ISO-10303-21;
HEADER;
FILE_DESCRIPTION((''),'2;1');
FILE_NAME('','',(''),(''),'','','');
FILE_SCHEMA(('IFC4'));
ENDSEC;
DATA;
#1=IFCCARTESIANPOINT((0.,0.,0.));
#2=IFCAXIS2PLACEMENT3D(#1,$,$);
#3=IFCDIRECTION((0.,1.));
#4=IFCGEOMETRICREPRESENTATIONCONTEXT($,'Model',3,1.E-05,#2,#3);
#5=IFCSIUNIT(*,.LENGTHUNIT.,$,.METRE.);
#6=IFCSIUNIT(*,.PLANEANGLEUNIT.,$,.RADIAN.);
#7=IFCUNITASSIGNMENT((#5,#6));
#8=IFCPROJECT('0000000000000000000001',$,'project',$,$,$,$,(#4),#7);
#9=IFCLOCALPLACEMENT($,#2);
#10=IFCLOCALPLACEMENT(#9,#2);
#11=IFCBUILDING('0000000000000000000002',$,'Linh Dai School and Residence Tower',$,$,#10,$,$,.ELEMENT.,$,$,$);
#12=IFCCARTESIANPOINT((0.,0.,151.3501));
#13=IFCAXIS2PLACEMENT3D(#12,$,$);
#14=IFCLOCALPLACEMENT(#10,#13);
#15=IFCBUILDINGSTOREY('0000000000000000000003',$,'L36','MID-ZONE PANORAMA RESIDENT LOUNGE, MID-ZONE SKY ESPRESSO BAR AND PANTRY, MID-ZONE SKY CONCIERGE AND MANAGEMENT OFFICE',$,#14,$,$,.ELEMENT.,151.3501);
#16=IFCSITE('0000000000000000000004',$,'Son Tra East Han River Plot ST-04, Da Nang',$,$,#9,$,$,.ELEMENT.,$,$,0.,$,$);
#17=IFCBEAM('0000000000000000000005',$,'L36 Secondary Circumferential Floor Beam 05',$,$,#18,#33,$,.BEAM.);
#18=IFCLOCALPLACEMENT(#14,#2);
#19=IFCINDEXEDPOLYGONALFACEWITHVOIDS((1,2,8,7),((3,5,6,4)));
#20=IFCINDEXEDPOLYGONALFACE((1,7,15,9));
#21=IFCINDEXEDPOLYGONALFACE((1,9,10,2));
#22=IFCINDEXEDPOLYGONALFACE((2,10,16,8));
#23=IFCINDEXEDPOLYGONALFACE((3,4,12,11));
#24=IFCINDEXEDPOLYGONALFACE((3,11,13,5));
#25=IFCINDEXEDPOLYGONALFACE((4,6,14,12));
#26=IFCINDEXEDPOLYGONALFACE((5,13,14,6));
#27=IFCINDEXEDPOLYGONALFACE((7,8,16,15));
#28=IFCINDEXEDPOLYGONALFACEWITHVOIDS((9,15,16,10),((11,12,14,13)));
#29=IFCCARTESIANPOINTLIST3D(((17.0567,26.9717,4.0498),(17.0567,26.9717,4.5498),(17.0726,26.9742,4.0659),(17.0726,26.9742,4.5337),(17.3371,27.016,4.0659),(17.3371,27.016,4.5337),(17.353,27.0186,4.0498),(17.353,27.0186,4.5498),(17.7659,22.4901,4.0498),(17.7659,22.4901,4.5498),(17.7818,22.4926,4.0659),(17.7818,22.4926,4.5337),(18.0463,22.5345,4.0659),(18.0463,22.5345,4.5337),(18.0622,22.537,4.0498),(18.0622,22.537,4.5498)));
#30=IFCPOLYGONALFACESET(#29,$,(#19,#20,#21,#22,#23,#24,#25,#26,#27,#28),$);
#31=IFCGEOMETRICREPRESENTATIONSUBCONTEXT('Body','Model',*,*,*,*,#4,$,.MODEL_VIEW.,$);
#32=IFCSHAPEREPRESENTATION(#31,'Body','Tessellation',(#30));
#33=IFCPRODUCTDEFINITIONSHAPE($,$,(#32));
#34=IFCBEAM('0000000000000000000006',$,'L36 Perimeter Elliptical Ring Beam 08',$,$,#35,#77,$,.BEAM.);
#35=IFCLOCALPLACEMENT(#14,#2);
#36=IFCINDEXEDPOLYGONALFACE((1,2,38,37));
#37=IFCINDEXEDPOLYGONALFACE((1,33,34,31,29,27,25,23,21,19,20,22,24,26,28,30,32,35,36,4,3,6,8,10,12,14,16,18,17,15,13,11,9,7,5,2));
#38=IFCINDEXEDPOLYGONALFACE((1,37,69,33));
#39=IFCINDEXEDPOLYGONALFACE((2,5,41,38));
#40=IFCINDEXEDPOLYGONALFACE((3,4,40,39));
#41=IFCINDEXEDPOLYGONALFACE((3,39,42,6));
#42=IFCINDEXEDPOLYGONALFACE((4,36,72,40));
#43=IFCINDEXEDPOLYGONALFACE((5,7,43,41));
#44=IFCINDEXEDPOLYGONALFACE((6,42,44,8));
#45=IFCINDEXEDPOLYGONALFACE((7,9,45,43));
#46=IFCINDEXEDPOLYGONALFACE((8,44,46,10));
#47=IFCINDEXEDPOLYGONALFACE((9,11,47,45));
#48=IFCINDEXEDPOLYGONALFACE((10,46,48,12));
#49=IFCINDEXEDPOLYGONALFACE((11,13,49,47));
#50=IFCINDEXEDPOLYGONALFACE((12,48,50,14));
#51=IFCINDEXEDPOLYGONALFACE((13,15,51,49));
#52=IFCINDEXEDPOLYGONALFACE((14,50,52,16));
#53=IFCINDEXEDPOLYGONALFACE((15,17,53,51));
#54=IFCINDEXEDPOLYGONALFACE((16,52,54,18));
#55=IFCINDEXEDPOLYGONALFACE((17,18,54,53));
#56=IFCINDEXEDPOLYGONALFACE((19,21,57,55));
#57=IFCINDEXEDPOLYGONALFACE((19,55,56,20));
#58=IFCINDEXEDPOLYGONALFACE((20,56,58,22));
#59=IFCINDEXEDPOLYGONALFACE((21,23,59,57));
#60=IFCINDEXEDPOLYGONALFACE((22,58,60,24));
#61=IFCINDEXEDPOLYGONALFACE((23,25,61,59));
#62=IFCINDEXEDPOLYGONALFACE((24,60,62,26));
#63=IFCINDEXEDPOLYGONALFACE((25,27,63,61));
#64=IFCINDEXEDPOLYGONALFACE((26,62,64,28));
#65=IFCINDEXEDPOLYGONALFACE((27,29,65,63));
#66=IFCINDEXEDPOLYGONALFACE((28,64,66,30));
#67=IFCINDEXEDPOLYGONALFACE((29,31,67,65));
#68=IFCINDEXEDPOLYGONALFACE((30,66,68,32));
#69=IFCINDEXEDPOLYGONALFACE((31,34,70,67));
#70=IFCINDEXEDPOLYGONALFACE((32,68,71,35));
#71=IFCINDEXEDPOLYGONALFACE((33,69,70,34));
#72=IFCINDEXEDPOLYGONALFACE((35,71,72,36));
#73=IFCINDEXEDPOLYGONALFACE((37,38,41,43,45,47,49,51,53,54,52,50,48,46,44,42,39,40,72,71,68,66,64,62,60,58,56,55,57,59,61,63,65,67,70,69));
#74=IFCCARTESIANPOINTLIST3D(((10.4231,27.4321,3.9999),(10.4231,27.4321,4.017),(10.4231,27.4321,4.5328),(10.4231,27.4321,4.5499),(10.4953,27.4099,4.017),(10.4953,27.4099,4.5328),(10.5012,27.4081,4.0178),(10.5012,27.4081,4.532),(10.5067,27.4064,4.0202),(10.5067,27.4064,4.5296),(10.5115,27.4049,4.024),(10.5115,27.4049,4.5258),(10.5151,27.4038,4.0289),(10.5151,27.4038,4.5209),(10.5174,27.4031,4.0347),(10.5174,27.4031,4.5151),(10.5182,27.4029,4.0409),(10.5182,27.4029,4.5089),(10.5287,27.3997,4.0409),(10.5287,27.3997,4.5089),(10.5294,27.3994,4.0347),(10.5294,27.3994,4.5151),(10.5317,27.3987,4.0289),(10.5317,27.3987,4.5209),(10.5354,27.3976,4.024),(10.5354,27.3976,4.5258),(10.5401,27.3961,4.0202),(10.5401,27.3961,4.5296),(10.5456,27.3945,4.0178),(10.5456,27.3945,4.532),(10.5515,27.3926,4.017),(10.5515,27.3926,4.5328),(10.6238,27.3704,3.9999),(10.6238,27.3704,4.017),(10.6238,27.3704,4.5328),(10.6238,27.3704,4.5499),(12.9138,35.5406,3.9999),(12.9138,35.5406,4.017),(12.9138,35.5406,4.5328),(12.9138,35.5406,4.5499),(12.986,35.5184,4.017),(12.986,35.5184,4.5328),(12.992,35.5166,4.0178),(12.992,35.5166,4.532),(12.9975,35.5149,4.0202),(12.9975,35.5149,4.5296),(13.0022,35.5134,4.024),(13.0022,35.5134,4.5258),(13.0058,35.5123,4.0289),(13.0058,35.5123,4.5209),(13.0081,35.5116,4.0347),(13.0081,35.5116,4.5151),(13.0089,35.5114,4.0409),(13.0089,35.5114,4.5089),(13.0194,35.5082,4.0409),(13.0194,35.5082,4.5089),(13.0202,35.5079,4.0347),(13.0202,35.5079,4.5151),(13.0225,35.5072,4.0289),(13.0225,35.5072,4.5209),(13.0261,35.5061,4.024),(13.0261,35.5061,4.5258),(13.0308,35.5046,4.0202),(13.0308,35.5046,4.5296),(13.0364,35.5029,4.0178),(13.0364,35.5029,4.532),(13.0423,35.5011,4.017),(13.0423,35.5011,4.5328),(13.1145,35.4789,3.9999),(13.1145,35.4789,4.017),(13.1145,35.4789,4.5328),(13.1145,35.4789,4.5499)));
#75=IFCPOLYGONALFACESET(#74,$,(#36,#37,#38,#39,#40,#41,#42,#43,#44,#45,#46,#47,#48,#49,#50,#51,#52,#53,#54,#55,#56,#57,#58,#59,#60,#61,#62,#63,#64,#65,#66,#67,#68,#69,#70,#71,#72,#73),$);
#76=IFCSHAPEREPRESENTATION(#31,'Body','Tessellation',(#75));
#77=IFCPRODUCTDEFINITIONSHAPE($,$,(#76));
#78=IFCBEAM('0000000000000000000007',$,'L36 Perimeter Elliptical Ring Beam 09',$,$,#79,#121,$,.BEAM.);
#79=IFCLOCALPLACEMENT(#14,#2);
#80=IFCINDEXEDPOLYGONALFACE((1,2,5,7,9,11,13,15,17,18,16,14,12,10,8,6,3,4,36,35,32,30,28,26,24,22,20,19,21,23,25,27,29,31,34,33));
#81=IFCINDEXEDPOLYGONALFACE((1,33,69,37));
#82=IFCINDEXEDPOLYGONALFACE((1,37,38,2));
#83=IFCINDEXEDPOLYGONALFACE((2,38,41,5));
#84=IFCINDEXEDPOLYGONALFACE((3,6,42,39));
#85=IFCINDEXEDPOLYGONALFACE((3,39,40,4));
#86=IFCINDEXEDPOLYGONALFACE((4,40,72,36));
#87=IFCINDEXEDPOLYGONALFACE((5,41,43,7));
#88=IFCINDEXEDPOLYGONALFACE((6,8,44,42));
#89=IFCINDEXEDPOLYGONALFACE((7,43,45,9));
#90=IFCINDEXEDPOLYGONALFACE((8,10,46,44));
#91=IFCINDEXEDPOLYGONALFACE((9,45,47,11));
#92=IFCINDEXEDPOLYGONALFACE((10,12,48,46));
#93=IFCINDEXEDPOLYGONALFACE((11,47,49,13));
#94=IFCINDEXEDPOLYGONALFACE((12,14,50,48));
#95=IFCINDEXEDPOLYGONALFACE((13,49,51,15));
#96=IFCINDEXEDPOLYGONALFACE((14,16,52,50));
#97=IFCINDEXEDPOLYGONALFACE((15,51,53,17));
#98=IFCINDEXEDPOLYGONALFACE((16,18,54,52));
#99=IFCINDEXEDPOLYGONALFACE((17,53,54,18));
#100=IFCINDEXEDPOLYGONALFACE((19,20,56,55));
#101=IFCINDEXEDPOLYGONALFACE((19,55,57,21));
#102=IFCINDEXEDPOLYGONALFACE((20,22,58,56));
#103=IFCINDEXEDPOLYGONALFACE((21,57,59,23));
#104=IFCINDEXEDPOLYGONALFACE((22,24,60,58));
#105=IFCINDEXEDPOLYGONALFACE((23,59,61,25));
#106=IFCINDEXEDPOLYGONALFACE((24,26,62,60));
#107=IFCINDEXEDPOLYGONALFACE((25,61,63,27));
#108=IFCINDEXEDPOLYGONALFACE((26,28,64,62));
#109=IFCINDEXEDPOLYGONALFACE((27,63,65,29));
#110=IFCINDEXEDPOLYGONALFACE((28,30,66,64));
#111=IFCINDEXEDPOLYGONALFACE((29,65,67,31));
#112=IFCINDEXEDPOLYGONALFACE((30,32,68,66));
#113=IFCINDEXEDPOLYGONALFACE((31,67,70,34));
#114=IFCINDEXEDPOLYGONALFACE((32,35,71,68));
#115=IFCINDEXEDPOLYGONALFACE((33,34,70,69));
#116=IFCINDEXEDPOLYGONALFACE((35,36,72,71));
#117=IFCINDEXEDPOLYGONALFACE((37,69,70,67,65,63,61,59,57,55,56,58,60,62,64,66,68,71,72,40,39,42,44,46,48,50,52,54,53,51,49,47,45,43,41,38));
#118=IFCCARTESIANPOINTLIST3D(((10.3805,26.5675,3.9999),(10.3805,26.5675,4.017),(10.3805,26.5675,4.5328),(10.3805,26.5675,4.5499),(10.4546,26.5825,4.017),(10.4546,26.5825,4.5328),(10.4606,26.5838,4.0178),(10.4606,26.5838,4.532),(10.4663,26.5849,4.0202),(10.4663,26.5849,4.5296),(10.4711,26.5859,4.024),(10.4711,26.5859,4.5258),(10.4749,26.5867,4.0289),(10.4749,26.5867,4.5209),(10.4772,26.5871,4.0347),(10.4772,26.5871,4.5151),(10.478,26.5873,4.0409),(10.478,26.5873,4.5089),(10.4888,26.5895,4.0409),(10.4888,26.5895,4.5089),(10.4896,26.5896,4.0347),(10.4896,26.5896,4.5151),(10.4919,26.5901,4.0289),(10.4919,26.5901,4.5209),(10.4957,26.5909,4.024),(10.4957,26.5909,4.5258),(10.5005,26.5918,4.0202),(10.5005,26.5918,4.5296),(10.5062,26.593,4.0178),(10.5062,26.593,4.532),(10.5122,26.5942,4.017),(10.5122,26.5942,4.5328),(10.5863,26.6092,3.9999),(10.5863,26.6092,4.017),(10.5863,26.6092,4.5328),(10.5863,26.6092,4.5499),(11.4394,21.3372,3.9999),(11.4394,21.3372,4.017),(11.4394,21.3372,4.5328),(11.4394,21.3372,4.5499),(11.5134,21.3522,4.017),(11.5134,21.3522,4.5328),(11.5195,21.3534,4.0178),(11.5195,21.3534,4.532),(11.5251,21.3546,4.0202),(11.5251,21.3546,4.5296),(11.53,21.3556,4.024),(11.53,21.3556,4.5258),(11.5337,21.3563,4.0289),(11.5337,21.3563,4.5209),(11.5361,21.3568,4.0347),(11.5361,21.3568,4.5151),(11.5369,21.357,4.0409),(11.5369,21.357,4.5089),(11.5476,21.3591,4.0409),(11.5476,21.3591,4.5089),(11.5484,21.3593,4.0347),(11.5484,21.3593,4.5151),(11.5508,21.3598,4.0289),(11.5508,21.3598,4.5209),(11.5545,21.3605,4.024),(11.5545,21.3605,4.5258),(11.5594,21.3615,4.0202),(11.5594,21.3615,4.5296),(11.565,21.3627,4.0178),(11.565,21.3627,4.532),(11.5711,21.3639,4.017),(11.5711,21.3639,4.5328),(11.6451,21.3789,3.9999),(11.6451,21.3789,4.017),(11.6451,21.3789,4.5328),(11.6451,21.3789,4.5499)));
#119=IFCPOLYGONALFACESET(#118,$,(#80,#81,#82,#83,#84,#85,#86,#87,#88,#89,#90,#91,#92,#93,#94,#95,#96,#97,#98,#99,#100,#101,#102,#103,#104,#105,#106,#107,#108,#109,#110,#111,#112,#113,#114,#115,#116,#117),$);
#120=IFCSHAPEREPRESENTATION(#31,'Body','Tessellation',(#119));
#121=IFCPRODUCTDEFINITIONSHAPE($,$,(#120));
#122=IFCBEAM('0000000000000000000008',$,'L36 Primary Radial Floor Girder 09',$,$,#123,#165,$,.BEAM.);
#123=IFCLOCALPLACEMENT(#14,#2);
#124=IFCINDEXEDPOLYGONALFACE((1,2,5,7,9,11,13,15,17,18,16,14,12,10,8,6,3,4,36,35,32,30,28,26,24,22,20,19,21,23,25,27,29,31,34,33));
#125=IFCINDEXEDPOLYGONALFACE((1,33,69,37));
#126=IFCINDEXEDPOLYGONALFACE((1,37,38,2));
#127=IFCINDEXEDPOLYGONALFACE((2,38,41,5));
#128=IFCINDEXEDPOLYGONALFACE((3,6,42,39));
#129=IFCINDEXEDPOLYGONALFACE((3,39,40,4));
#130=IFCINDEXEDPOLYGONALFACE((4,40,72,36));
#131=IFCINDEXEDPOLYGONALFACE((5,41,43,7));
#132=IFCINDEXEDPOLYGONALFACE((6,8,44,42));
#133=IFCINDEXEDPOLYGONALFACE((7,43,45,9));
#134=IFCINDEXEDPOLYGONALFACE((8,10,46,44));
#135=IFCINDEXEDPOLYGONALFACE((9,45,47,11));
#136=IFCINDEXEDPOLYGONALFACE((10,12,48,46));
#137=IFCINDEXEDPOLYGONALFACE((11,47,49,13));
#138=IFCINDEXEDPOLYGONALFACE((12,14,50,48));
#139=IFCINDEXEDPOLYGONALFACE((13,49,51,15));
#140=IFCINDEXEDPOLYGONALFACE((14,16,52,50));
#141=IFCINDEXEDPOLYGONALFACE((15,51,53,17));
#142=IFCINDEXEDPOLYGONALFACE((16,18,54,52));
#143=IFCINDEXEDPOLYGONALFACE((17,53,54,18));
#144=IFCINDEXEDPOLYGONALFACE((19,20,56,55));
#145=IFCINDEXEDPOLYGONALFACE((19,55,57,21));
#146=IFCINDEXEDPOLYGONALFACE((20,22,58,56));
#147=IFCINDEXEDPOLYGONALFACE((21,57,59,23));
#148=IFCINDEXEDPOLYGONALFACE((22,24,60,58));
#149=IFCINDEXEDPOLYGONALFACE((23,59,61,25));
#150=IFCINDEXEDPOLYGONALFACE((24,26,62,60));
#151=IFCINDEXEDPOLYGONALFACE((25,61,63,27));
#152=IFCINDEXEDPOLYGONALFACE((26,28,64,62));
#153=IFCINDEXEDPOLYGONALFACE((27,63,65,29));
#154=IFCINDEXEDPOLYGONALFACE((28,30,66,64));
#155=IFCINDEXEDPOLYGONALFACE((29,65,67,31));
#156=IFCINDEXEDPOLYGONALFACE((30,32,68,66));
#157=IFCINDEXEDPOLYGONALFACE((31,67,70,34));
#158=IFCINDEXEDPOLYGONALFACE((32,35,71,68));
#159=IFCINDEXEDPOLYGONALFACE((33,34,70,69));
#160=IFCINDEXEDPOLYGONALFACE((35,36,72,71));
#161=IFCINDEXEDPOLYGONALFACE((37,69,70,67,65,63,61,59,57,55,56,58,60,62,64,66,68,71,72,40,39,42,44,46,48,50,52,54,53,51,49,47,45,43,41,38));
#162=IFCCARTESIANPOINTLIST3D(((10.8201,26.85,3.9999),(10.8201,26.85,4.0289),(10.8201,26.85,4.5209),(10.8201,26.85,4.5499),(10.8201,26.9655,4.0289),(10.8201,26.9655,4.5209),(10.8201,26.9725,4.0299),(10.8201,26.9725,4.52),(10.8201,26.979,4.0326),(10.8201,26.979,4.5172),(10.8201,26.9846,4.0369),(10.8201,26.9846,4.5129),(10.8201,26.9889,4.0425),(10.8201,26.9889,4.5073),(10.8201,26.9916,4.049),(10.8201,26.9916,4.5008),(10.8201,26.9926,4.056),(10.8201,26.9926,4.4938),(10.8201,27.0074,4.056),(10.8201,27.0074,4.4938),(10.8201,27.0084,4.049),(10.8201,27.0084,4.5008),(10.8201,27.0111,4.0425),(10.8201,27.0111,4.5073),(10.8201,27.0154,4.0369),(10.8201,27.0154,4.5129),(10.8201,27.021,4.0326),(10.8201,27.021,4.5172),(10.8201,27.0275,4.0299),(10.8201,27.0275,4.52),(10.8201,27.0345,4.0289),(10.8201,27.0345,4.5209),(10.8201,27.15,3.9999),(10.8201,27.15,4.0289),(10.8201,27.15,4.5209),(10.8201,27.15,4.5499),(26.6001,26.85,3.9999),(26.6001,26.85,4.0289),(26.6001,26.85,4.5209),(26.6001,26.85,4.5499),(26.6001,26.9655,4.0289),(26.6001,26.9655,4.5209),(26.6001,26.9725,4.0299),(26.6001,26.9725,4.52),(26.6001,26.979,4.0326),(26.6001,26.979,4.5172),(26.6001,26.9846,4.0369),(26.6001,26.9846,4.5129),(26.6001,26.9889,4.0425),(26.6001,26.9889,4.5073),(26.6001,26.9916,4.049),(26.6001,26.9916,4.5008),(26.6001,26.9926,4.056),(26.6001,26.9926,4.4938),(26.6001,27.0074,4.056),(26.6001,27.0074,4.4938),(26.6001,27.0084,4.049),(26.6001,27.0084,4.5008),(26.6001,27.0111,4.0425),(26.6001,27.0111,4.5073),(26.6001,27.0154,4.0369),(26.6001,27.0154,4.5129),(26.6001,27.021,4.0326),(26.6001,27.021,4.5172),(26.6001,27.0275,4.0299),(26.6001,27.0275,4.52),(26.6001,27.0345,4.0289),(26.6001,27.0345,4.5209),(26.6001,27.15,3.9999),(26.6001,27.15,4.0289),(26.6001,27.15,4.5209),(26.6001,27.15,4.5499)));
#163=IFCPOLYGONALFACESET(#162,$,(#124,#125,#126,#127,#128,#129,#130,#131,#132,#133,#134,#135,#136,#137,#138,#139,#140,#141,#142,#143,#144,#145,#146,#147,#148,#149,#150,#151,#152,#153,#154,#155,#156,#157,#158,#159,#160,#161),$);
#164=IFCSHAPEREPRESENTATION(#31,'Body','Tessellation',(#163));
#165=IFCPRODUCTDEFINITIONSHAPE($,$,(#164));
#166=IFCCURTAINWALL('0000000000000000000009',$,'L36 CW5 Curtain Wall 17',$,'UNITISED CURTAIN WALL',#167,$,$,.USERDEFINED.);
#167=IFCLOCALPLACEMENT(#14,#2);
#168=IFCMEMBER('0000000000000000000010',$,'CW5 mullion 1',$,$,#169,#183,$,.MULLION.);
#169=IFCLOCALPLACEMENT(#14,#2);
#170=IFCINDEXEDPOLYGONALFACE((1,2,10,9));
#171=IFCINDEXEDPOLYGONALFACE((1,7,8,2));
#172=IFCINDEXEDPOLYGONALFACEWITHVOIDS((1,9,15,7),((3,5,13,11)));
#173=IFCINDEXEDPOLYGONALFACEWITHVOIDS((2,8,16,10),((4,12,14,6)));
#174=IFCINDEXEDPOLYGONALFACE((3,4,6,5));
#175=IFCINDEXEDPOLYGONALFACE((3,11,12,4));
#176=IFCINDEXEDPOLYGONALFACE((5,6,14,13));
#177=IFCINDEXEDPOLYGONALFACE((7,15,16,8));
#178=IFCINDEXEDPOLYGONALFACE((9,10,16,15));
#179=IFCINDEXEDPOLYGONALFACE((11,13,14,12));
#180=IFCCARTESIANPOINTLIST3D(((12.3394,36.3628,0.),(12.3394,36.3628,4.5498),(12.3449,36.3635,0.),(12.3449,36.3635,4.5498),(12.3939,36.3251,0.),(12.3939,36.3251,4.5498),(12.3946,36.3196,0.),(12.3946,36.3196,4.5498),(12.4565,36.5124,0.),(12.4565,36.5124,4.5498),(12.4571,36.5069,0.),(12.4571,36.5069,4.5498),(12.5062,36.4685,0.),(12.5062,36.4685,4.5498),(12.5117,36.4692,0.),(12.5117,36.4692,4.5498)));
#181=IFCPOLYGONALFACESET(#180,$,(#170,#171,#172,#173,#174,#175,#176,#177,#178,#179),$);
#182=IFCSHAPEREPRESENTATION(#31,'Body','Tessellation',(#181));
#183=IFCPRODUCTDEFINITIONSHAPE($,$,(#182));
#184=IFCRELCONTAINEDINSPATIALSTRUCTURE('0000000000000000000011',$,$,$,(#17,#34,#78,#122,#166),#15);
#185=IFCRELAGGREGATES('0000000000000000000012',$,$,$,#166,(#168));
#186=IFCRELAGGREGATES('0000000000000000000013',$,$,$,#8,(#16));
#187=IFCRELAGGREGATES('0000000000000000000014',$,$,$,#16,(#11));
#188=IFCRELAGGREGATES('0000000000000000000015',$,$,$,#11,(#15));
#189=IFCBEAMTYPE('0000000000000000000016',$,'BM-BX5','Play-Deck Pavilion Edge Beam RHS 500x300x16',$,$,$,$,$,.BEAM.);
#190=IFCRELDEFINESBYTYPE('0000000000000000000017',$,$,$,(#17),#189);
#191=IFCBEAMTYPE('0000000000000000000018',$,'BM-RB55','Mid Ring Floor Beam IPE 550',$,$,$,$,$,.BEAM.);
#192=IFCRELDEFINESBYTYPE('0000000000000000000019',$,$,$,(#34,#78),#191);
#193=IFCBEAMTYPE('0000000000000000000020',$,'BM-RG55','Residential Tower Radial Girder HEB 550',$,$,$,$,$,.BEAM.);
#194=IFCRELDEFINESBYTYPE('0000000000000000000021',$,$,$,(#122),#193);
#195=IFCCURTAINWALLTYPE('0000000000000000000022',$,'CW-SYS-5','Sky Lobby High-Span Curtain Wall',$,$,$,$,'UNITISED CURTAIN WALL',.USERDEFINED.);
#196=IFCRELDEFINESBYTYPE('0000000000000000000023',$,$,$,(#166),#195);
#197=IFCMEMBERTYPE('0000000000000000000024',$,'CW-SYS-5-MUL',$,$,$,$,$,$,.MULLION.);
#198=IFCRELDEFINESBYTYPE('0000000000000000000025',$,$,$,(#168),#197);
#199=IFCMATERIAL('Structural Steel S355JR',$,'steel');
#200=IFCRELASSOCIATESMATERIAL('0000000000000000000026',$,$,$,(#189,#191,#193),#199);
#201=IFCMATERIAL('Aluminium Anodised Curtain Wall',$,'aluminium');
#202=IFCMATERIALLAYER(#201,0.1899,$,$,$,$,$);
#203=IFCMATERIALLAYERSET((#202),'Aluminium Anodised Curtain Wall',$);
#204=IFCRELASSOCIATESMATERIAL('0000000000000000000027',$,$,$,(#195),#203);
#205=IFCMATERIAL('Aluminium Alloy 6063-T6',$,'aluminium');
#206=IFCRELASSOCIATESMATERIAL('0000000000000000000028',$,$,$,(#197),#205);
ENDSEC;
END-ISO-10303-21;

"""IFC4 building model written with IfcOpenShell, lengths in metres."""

from ifc_helpers import new_model, si_unit, direction, frame, origin, origin_2d, place, context, subcontext, project, spatial, hollow_rectangle, i_section, extrude, source, transform, mapped, material, layer, layer_set, material_profile, profile_set, type_object, element, aggregate, save


model = new_model("IFC4")

# Units and contexts
model_context = context("Model", 3, precision=1e-05, world=origin(), true_north=direction((0.0, 1.0)))
body_context = subcontext(model_context, "Body", "Model", "MODEL_VIEW")
ifc_project = project(units=[si_unit("LENGTHUNIT", "METRE"), si_unit("PLANEANGLEUNIT", "RADIAN")], contexts=[model_context])

# Site, building, storey
site_placement = place(None, origin())
site = spatial("IfcSite", under=ifc_project, at=site_placement, Name="Son Tra East Han River Plot ST-04, Da Nang", CompositionType="ELEMENT", RefElevation=0.0)
building_placement = place(site_placement, origin())
building = spatial("IfcBuilding", under=site, at=building_placement, Name="Linh Dai School and Residence Tower", CompositionType="ELEMENT")
storey_placement = place(building_placement, frame((0.0, 0.0, 151.3501)))
storey = spatial("IfcBuildingStorey", under=building, at=storey_placement, Name="L36", Description="MID-ZONE PANORAMA RESIDENT LOUNGE, MID-ZONE SKY ESPRESSO BAR AND PANTRY, MID-ZONE SKY CONCIERGE AND MANAGEMENT OFFICE", CompositionType="ELEMENT", Elevation=151.3501)

# Shared definitions
ifc_material_1 = material(Name="Structural Steel S355JR", Category="steel")

# Beams
ifc_material_profile_1 = material_profile(ifc_material_1, hollow_rectangle(XDim=0.3, YDim=0.5, WallThickness=0.0161, at=origin_2d()), Name="RHS 500x300x16")
ifc_profile_set_1 = profile_set([ifc_material_profile_1], Name="Structural Steel S355JR")
beam_type_1 = type_object("IfcBeamType", Name="BM-BX5", Description="Play-Deck Pavilion Edge Beam RHS 500x300x16", PredefinedType="BEAM", material=ifc_profile_set_1)
beam_1_placement = place(storey_placement, frame((17.2048, 26.9951, 4.2998), z_axis=(0.156305, -0.987709, 0.0), x_axis=(0.987709, 0.156305, 0.0)))
element("IfcBeam", 1, at=beam_1_placement, inside=storey, type_object=beam_type_1, Name="L36 Secondary Circumferential Floor Beam 05", PredefinedType="BEAM", context=body_context, shape_type="SweptSolid", body=[
    extrude(hollow_rectangle(XDim=0.3, YDim=0.5, WallThickness=0.0161, at=origin_2d()), origin(), (0.0, 0.0, 1.0), 4.5374),
])
ifc_material_profile_2 = material_profile(ifc_material_1, i_section(OverallWidth=0.21, OverallDepth=0.55, WebThickness=0.011, FlangeThickness=0.0171, FilletRadius=0.0239, at=origin_2d()), Name="IPE 550")
ifc_profile_set_2 = profile_set([ifc_material_profile_2], Name="Structural Steel S355JR")
beam_type_2 = type_object("IfcBeamType", Name="BM-RB55", Description="Mid Ring Floor Beam IPE 550", PredefinedType="BEAM", material=ifc_profile_set_2)
beam_2_placement = place(storey_placement, frame((13.0142, 35.5098, 4.2749), z_axis=(-0.293637, -0.955917, 0.0), x_axis=(0.955917, -0.293637, 0.0)))
element("IfcBeam", 2, at=beam_2_placement, inside=storey, type_object=beam_type_2, Name="L36 Perimeter Elliptical Ring Beam 08", PredefinedType="BEAM", context=body_context, shape_type="SweptSolid", body=[
    extrude(i_section(OverallWidth=0.21, OverallDepth=0.55, WebThickness=0.011, FlangeThickness=0.0171, FilletRadius=0.0239, at=origin_2d()), origin(), (0.0, 0.0, 1.0), 8.4824),
])
beam_3_placement = place(storey_placement, frame((10.4834, 26.5884, 4.2749), z_axis=(0.198421, -0.980117, 0.0), x_axis=(0.980117, 0.198421, 0.0)))
element("IfcBeam", 3, at=beam_3_placement, inside=storey, type_object=beam_type_2, Name="L36 Perimeter Elliptical Ring Beam 09", PredefinedType="BEAM", context=body_context, shape_type="SweptSolid", body=[
    extrude(i_section(OverallWidth=0.21, OverallDepth=0.55, WebThickness=0.011, FlangeThickness=0.0171, FilletRadius=0.0239, at=origin_2d()), origin(), (0.0, 0.0, 1.0), 5.3364),
])
ifc_material_profile_3 = material_profile(ifc_material_1, i_section(OverallWidth=0.3, OverallDepth=0.55, WebThickness=0.0149, FlangeThickness=0.0291, FilletRadius=0.0271, at=origin_2d()), Name="HEB 550")
ifc_profile_set_3 = profile_set([ifc_material_profile_3], Name="Structural Steel S355JR")
beam_type_3 = type_object("IfcBeamType", Name="BM-RG55", Description="Residential Tower Radial Girder HEB 550", PredefinedType="BEAM", material=ifc_profile_set_3)
beam_4_placement = place(storey_placement, frame((26.6001, 27.0, 4.2749), z_axis=(-1.0, 0.0, 0.0), x_axis=(0.0, -1.0, 0.0)))
element("IfcBeam", 4, at=beam_4_placement, inside=storey, type_object=beam_type_3, Name="L36 Primary Radial Floor Girder 09", PredefinedType="BEAM", context=body_context, shape_type="SweptSolid", body=[
    extrude(i_section(OverallWidth=0.3, OverallDepth=0.55, WebThickness=0.0149, FlangeThickness=0.0291, FilletRadius=0.0271, at=origin_2d()), origin(), (0.0, 0.0, 1.0), 15.78),
])

# Curtain wall, member
ifc_material_2 = material(Name="Aluminium Anodised Curtain Wall", Category="aluminium")
ifc_layer_1 = layer(ifc_material_2, 0.1899)
ifc_layer_set_1 = layer_set([ifc_layer_1], Name="Aluminium Anodised Curtain Wall")
curtain_wall_type = type_object("IfcCurtainWallType", Name="CW-SYS-5", Description="Sky Lobby High-Span Curtain Wall", ElementType="UNITISED CURTAIN WALL", PredefinedType="USERDEFINED", material=ifc_layer_set_1)
curtain_wall_1_placement = place(storey_placement, origin())
curtain_wall_1 = element("IfcCurtainWall", 5, at=curtain_wall_1_placement, inside=storey, type_object=curtain_wall_type, Name="L36 CW5 Curtain Wall 17", ObjectType="UNITISED CURTAIN WALL", PredefinedType="USERDEFINED")
ifc_material_3 = material(Name="Aluminium Alloy 6063-T6", Category="aluminium")
ifc_material_profile_4 = material_profile(ifc_material_3, hollow_rectangle(XDim=0.0701, YDim=0.1899, WallThickness=0.0039, at=origin_2d()), Name="RHS 190x70x4")
ifc_profile_set_4 = profile_set([ifc_material_profile_4], Name="Aluminium Alloy 6063-T6")
member_type_1 = type_object("IfcMemberType", Name="CW-SYS-5-MUL", PredefinedType="MULLION", material=ifc_profile_set_4)
shared_shape_1 = source(origin(), body_context, "Body", "SweptSolid", [
    extrude(hollow_rectangle(XDim=0.0701, YDim=0.1899, WallThickness=0.0039, at=origin_2d()), origin(), (0.0, 0.0, 1.0), 4.5498),
])
member_1_placement = place(storey_placement, frame((12.4255, 36.416, 0.0), z_axis=(0.0, 0.0, 1.0), x_axis=(-0.787522, 0.616286, 0.0)))
member_1 = element("IfcMember", 6, at=member_1_placement, type_object=member_type_1, Name="CW5 mullion 1", PredefinedType="MULLION", context=body_context, shape_type="MappedRepresentation", body=[
    mapped(shared_shape_1, transform((0.0, 0.0, 0.0), x_axis=(1.0, 0.0, 0.0), y_axis=(0.0, 1.0, 0.0), z_axis=(0.0, 0.0, 1.0), scale=1.0)),
])

aggregate(curtain_wall_1, [member_1])

save(model, "model.ifc")
